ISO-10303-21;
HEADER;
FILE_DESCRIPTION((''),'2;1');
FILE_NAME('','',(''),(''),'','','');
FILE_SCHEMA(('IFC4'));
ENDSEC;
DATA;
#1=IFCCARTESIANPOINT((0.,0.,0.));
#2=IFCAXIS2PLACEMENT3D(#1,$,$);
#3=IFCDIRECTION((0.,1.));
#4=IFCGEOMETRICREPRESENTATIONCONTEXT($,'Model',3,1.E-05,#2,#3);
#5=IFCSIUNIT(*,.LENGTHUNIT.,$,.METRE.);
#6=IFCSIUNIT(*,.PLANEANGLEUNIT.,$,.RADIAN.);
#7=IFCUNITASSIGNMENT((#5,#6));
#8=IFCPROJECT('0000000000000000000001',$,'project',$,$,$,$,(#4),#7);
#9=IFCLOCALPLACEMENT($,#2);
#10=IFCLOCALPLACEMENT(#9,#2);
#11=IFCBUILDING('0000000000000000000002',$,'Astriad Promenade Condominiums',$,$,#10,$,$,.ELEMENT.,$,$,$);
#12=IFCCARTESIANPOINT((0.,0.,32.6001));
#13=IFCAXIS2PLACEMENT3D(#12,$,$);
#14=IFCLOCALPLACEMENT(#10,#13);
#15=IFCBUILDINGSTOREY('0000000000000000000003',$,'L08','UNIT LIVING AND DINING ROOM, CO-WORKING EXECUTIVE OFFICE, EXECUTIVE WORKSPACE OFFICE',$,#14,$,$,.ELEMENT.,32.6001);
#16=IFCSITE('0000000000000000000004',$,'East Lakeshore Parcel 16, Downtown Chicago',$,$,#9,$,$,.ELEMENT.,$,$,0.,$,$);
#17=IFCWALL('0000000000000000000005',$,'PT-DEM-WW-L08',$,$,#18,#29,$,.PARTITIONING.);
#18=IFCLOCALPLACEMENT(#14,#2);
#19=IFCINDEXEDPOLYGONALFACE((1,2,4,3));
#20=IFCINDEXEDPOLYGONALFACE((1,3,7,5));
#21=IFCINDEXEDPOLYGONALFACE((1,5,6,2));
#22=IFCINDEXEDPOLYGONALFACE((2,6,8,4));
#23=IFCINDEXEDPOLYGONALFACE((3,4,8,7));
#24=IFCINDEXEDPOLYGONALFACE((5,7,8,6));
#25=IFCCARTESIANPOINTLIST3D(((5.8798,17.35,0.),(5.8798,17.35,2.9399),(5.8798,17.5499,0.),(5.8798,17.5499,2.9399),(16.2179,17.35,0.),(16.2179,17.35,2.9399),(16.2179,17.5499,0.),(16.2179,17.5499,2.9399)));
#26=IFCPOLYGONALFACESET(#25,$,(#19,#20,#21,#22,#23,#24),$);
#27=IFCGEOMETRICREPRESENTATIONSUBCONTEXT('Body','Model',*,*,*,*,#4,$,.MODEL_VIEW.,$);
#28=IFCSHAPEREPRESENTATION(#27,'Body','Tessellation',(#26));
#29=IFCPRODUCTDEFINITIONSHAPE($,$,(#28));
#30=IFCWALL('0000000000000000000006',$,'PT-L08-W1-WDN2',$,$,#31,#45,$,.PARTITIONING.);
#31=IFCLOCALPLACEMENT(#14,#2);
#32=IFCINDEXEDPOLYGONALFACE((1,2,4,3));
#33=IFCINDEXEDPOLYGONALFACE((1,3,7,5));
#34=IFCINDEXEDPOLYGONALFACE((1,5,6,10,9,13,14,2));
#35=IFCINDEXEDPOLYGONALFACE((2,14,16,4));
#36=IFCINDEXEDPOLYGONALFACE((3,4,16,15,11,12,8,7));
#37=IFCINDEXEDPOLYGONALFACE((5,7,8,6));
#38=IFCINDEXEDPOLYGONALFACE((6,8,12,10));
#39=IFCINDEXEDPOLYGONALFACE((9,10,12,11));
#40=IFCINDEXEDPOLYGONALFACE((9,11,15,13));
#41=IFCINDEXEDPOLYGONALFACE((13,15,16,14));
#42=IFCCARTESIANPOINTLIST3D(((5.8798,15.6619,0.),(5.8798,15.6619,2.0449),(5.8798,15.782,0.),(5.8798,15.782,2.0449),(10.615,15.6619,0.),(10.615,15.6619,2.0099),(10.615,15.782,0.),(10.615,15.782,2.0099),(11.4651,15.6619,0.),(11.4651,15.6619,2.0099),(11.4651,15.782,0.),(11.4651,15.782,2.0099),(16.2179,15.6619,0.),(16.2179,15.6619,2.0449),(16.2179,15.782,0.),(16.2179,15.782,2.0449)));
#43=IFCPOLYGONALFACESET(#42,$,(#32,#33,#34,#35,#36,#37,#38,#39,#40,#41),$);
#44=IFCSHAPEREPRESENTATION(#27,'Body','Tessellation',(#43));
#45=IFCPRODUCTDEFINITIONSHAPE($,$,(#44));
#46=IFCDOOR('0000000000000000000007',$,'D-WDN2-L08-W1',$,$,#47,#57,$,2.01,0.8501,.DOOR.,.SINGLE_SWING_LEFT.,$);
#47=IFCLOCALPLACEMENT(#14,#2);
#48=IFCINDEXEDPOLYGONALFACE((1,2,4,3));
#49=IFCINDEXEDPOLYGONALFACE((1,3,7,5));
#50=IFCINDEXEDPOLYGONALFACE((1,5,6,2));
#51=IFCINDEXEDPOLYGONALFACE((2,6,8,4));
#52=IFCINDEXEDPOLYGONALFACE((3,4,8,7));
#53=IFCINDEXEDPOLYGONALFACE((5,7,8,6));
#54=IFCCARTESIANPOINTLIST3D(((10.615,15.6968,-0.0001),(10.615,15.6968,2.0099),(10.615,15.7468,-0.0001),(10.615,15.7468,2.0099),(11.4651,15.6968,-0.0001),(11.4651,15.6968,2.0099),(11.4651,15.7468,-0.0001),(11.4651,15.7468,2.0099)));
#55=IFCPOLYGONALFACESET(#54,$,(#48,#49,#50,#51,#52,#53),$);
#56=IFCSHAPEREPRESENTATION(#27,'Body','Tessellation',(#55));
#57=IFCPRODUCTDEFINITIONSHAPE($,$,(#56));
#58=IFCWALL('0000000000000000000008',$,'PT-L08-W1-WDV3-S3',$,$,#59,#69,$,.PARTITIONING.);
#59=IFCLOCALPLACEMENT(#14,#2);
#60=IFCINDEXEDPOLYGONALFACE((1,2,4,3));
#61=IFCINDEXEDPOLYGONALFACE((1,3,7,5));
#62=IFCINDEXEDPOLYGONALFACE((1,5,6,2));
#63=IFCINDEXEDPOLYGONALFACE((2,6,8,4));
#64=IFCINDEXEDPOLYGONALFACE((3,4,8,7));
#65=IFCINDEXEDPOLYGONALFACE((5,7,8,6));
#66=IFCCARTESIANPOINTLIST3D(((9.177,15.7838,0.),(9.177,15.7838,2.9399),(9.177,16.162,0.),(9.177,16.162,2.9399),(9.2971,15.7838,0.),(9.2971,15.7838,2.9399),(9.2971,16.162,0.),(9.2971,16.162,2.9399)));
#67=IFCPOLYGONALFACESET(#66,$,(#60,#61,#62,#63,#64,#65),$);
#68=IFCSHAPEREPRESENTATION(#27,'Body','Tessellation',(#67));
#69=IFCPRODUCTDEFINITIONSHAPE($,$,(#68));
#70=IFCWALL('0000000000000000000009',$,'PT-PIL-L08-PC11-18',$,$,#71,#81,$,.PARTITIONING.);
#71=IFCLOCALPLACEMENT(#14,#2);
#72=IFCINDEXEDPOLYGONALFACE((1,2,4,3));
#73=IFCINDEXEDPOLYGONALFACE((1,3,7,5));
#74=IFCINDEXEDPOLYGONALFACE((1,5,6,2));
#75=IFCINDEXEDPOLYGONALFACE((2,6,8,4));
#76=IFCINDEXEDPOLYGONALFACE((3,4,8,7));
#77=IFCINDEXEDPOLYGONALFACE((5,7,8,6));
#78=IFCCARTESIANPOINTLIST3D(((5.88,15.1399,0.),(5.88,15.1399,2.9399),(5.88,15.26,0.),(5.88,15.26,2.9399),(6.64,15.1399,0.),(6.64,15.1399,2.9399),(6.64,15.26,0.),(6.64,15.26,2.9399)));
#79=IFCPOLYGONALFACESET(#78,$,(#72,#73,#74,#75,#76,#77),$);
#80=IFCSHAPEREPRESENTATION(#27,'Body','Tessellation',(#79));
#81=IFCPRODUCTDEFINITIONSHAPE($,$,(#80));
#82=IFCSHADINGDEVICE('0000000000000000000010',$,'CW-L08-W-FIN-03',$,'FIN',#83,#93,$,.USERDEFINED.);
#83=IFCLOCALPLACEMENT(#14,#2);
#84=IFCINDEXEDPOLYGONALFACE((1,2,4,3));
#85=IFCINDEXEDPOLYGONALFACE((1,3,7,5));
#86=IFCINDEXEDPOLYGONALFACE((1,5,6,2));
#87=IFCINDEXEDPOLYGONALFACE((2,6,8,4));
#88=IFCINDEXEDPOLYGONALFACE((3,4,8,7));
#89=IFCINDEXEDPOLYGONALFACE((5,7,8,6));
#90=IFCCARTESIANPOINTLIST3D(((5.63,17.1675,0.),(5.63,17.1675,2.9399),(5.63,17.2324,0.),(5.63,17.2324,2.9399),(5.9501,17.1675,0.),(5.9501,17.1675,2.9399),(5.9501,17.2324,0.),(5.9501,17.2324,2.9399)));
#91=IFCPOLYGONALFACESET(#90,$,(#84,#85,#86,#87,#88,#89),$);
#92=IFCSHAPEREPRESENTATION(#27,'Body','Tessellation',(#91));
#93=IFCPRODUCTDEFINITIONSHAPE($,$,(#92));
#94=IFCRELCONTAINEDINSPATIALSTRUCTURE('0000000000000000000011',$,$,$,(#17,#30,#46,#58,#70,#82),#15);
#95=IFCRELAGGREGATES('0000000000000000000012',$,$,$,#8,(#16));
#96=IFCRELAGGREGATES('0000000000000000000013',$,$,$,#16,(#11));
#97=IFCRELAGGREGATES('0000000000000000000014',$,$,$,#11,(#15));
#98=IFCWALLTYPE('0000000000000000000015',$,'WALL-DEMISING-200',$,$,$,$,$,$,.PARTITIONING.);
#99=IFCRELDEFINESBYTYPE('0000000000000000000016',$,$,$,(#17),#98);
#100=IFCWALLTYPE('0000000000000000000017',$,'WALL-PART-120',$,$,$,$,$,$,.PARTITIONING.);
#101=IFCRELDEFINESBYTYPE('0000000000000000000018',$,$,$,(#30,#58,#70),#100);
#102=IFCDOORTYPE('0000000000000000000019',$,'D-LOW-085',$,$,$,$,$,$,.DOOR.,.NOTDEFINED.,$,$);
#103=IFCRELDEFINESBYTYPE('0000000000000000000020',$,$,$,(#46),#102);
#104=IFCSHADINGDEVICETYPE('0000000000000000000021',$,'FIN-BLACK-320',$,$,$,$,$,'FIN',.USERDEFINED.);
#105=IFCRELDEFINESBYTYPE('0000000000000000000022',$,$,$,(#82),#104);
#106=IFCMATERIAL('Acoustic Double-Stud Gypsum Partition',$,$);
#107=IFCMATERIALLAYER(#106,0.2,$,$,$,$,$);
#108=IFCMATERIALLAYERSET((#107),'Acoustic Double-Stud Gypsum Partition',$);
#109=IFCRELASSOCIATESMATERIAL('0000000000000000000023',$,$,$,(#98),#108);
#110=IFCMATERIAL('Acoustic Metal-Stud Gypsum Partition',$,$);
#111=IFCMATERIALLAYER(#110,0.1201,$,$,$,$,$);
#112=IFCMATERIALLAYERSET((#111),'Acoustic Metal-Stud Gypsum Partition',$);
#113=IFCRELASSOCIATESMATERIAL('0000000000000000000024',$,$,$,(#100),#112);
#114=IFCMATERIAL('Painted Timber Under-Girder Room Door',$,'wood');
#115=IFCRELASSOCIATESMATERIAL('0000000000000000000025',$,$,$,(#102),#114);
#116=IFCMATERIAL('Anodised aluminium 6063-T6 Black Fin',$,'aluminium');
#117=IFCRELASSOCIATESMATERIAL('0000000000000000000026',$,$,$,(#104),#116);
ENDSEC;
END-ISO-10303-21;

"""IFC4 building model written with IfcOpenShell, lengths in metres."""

from ifc_helpers import new_model, si_unit, direction, frame, frame_2d, origin, origin_2d, place, context, subcontext, project, spatial, rectangle, extrude, source, transform, mapped, material, layer, layer_set, type_object, type_shapes, element, fill, save


model = new_model("IFC4")

# Units and contexts
model_context = context("Model", 3, precision=1e-05, world=origin(), true_north=direction((0.0, 1.0)))
body_context = subcontext(model_context, "Body", "Model", "MODEL_VIEW")
ifc_project = project(units=[si_unit("LENGTHUNIT", "METRE"), si_unit("PLANEANGLEUNIT", "RADIAN")], contexts=[model_context])

# Site, building, storey
site_placement = place(None, origin())
site = spatial("IfcSite", under=ifc_project, at=site_placement, Name="East Lakeshore Parcel 16, Downtown Chicago", CompositionType="ELEMENT", RefElevation=0.0)
building_placement = place(site_placement, origin())
building = spatial("IfcBuilding", under=site, at=building_placement, Name="Astriad Promenade Condominiums", CompositionType="ELEMENT")
storey_placement = place(building_placement, frame((0.0, 0.0, 32.6001)))
storey = spatial("IfcBuildingStorey", under=building, at=storey_placement, Name="L08", Description="UNIT LIVING AND DINING ROOM, CO-WORKING EXECUTIVE OFFICE, EXECUTIVE WORKSPACE OFFICE", CompositionType="ELEMENT", Elevation=32.6001)

# Wall
ifc_material_1 = material(Name="Acoustic Double-Stud Gypsum Partition")
ifc_layer_1 = layer(ifc_material_1, 0.2)
ifc_layer_set_1 = layer_set([ifc_layer_1], Name="Acoustic Double-Stud Gypsum Partition")
wall_type_1 = type_object("IfcWallType", Name="WALL-DEMISING-200", PredefinedType="PARTITIONING", material=ifc_layer_set_1)
wall_1_placement = place(storey_placement, frame((5.8799, 17.45, 0.0), z_axis=(0.0, 0.0, 1.0), x_axis=(1.0, 0.0, 0.0)))
element("IfcWall", 1, at=wall_1_placement, inside=storey, type_object=wall_type_1, Name="PT-DEM-WW-L08", PredefinedType="PARTITIONING", context=body_context, shape_type="SweptSolid", body=[
    extrude(rectangle(XDim=10.3381, YDim=0.2, at=frame_2d((5.1689, 0.0))), origin(), (0.0, 0.0, 1.0), 2.9399),
])

# Wall, opening, door
ifc_material_2 = material(Name="Acoustic Metal-Stud Gypsum Partition")
ifc_layer_2 = layer(ifc_material_2, 0.1201)
ifc_layer_set_2 = layer_set([ifc_layer_2], Name="Acoustic Metal-Stud Gypsum Partition")
wall_type_2 = type_object("IfcWallType", Name="WALL-PART-120", PredefinedType="PARTITIONING", material=ifc_layer_set_2)
wall_2_placement = place(storey_placement, frame((5.8799, 15.7219, 0.0), z_axis=(0.0, 0.0, 1.0), x_axis=(1.0, 0.0, 0.0)))
wall_2 = element("IfcWall", 2, at=wall_2_placement, inside=storey, type_object=wall_type_2, Name="PT-L08-W1-WDN2", PredefinedType="PARTITIONING", context=body_context, shape_type="SweptSolid", body=[
    extrude(rectangle(XDim=10.3381, YDim=0.1201, at=frame_2d((5.1689, 0.0))), origin(), (0.0, 0.0, 1.0), 2.0449),
])
opening_placement = place(wall_2_placement, frame((4.7351, 0.0, 0.0)))
opening = element("IfcOpeningElement", 3, at=opening_placement, cuts=wall_2, PredefinedType="OPENING", context=body_context, shape_type="SweptSolid", body=[
    extrude(rectangle(XDim=0.8501, YDim=2.01, at=frame_2d((0.425, 1.0049))), frame((0.0, 0.0701, 0.0), z_axis=(0.0, -1.0, 0.0), x_axis=(1.0, 0.0, 0.0)), (0.0, 0.0, 1.0), 0.1401),
])
ifc_material_3 = material(Name="Painted Timber Under-Girder Room Door", Category="wood")
door_type = type_object("IfcDoorType", Name="D-LOW-085", OperationType="NOTDEFINED", PredefinedType="DOOR", material=ifc_material_3)
shared_shape_1 = source(origin(), body_context, "Body", "SweptSolid", [
    extrude(rectangle(XDim=0.8501, YDim=2.01, at=frame_2d((0.425, 1.0049))), frame((0.0, 0.0249, 0.0), z_axis=(0.0, -1.0, 0.0), x_axis=(1.0, 0.0, 0.0)), (0.0, 0.0, 1.0), 0.05),
])
type_shapes(door_type, [shared_shape_1])
door_placement = place(opening_placement, origin())
door = element("IfcDoor", 4, at=door_placement, inside=storey, type_object=door_type, Name="D-WDN2-L08-W1", OperationType="SINGLE_SWING_LEFT", OverallHeight=2.01, OverallWidth=0.8501, PredefinedType="DOOR", context=body_context, shape_type="MappedRepresentation", body=[
    mapped(shared_shape_1, transform((0.0, 0.0, 0.0), scale=1.0)),
])
fill(opening, door)

# Walls
wall_3_placement = place(storey_placement, frame((9.2371, 15.7839, 0.0), z_axis=(0.0, 0.0, 1.0), x_axis=(0.0, 1.0, 0.0)))
element("IfcWall", 5, at=wall_3_placement, inside=storey, type_object=wall_type_2, Name="PT-L08-W1-WDV3-S3", PredefinedType="PARTITIONING", context=body_context, shape_type="SweptSolid", body=[
    extrude(rectangle(XDim=0.3782, YDim=0.1201, at=frame_2d((0.189, 0.0))), origin(), (0.0, 0.0, 1.0), 2.9399),
])
wall_4_placement = place(storey_placement, frame((6.6399, 15.2, 0.0), z_axis=(0.0, 0.0, 1.0), x_axis=(-1.0, 0.0, 0.0)))
element("IfcWall", 6, at=wall_4_placement, inside=storey, type_object=wall_type_2, Name="PT-PIL-L08-PC11-18", PredefinedType="PARTITIONING", context=body_context, shape_type="SweptSolid", body=[
    extrude(rectangle(XDim=0.76, YDim=0.1201, at=frame_2d((0.3799, 0.0))), origin(), (0.0, 0.0, 1.0), 2.9399),
])

# Shading device
ifc_material_4 = material(Name="Anodised aluminium 6063-T6 Black Fin", Category="aluminium")
shading_device_type = type_object("IfcShadingDeviceType", Name="FIN-BLACK-320", ElementType="FIN", PredefinedType="USERDEFINED", material=ifc_material_4)
shared_shape_2 = source(origin(), body_context, "Body", "SweptSolid", [
    extrude(rectangle(XDim=0.0649, YDim=0.3201, at=origin_2d()), origin(), (0.0, 0.0, 1.0), 2.9399),
])
type_shapes(shading_device_type, [shared_shape_2])
shading_device_placement = place(storey_placement, frame((5.79, 17.2, 0.0), z_axis=(0.0, 0.0, 1.0), x_axis=(0.0, 1.0, 0.0)))
element("IfcShadingDevice", 7, at=shading_device_placement, inside=storey, type_object=shading_device_type, Name="CW-L08-W-FIN-03", ObjectType="FIN", PredefinedType="USERDEFINED", context=body_context, shape_type="MappedRepresentation", body=[
    mapped(shared_shape_2, transform((0.0, 0.0, 0.0), scale=1.0)),
])

save(model, "model.ifc")
